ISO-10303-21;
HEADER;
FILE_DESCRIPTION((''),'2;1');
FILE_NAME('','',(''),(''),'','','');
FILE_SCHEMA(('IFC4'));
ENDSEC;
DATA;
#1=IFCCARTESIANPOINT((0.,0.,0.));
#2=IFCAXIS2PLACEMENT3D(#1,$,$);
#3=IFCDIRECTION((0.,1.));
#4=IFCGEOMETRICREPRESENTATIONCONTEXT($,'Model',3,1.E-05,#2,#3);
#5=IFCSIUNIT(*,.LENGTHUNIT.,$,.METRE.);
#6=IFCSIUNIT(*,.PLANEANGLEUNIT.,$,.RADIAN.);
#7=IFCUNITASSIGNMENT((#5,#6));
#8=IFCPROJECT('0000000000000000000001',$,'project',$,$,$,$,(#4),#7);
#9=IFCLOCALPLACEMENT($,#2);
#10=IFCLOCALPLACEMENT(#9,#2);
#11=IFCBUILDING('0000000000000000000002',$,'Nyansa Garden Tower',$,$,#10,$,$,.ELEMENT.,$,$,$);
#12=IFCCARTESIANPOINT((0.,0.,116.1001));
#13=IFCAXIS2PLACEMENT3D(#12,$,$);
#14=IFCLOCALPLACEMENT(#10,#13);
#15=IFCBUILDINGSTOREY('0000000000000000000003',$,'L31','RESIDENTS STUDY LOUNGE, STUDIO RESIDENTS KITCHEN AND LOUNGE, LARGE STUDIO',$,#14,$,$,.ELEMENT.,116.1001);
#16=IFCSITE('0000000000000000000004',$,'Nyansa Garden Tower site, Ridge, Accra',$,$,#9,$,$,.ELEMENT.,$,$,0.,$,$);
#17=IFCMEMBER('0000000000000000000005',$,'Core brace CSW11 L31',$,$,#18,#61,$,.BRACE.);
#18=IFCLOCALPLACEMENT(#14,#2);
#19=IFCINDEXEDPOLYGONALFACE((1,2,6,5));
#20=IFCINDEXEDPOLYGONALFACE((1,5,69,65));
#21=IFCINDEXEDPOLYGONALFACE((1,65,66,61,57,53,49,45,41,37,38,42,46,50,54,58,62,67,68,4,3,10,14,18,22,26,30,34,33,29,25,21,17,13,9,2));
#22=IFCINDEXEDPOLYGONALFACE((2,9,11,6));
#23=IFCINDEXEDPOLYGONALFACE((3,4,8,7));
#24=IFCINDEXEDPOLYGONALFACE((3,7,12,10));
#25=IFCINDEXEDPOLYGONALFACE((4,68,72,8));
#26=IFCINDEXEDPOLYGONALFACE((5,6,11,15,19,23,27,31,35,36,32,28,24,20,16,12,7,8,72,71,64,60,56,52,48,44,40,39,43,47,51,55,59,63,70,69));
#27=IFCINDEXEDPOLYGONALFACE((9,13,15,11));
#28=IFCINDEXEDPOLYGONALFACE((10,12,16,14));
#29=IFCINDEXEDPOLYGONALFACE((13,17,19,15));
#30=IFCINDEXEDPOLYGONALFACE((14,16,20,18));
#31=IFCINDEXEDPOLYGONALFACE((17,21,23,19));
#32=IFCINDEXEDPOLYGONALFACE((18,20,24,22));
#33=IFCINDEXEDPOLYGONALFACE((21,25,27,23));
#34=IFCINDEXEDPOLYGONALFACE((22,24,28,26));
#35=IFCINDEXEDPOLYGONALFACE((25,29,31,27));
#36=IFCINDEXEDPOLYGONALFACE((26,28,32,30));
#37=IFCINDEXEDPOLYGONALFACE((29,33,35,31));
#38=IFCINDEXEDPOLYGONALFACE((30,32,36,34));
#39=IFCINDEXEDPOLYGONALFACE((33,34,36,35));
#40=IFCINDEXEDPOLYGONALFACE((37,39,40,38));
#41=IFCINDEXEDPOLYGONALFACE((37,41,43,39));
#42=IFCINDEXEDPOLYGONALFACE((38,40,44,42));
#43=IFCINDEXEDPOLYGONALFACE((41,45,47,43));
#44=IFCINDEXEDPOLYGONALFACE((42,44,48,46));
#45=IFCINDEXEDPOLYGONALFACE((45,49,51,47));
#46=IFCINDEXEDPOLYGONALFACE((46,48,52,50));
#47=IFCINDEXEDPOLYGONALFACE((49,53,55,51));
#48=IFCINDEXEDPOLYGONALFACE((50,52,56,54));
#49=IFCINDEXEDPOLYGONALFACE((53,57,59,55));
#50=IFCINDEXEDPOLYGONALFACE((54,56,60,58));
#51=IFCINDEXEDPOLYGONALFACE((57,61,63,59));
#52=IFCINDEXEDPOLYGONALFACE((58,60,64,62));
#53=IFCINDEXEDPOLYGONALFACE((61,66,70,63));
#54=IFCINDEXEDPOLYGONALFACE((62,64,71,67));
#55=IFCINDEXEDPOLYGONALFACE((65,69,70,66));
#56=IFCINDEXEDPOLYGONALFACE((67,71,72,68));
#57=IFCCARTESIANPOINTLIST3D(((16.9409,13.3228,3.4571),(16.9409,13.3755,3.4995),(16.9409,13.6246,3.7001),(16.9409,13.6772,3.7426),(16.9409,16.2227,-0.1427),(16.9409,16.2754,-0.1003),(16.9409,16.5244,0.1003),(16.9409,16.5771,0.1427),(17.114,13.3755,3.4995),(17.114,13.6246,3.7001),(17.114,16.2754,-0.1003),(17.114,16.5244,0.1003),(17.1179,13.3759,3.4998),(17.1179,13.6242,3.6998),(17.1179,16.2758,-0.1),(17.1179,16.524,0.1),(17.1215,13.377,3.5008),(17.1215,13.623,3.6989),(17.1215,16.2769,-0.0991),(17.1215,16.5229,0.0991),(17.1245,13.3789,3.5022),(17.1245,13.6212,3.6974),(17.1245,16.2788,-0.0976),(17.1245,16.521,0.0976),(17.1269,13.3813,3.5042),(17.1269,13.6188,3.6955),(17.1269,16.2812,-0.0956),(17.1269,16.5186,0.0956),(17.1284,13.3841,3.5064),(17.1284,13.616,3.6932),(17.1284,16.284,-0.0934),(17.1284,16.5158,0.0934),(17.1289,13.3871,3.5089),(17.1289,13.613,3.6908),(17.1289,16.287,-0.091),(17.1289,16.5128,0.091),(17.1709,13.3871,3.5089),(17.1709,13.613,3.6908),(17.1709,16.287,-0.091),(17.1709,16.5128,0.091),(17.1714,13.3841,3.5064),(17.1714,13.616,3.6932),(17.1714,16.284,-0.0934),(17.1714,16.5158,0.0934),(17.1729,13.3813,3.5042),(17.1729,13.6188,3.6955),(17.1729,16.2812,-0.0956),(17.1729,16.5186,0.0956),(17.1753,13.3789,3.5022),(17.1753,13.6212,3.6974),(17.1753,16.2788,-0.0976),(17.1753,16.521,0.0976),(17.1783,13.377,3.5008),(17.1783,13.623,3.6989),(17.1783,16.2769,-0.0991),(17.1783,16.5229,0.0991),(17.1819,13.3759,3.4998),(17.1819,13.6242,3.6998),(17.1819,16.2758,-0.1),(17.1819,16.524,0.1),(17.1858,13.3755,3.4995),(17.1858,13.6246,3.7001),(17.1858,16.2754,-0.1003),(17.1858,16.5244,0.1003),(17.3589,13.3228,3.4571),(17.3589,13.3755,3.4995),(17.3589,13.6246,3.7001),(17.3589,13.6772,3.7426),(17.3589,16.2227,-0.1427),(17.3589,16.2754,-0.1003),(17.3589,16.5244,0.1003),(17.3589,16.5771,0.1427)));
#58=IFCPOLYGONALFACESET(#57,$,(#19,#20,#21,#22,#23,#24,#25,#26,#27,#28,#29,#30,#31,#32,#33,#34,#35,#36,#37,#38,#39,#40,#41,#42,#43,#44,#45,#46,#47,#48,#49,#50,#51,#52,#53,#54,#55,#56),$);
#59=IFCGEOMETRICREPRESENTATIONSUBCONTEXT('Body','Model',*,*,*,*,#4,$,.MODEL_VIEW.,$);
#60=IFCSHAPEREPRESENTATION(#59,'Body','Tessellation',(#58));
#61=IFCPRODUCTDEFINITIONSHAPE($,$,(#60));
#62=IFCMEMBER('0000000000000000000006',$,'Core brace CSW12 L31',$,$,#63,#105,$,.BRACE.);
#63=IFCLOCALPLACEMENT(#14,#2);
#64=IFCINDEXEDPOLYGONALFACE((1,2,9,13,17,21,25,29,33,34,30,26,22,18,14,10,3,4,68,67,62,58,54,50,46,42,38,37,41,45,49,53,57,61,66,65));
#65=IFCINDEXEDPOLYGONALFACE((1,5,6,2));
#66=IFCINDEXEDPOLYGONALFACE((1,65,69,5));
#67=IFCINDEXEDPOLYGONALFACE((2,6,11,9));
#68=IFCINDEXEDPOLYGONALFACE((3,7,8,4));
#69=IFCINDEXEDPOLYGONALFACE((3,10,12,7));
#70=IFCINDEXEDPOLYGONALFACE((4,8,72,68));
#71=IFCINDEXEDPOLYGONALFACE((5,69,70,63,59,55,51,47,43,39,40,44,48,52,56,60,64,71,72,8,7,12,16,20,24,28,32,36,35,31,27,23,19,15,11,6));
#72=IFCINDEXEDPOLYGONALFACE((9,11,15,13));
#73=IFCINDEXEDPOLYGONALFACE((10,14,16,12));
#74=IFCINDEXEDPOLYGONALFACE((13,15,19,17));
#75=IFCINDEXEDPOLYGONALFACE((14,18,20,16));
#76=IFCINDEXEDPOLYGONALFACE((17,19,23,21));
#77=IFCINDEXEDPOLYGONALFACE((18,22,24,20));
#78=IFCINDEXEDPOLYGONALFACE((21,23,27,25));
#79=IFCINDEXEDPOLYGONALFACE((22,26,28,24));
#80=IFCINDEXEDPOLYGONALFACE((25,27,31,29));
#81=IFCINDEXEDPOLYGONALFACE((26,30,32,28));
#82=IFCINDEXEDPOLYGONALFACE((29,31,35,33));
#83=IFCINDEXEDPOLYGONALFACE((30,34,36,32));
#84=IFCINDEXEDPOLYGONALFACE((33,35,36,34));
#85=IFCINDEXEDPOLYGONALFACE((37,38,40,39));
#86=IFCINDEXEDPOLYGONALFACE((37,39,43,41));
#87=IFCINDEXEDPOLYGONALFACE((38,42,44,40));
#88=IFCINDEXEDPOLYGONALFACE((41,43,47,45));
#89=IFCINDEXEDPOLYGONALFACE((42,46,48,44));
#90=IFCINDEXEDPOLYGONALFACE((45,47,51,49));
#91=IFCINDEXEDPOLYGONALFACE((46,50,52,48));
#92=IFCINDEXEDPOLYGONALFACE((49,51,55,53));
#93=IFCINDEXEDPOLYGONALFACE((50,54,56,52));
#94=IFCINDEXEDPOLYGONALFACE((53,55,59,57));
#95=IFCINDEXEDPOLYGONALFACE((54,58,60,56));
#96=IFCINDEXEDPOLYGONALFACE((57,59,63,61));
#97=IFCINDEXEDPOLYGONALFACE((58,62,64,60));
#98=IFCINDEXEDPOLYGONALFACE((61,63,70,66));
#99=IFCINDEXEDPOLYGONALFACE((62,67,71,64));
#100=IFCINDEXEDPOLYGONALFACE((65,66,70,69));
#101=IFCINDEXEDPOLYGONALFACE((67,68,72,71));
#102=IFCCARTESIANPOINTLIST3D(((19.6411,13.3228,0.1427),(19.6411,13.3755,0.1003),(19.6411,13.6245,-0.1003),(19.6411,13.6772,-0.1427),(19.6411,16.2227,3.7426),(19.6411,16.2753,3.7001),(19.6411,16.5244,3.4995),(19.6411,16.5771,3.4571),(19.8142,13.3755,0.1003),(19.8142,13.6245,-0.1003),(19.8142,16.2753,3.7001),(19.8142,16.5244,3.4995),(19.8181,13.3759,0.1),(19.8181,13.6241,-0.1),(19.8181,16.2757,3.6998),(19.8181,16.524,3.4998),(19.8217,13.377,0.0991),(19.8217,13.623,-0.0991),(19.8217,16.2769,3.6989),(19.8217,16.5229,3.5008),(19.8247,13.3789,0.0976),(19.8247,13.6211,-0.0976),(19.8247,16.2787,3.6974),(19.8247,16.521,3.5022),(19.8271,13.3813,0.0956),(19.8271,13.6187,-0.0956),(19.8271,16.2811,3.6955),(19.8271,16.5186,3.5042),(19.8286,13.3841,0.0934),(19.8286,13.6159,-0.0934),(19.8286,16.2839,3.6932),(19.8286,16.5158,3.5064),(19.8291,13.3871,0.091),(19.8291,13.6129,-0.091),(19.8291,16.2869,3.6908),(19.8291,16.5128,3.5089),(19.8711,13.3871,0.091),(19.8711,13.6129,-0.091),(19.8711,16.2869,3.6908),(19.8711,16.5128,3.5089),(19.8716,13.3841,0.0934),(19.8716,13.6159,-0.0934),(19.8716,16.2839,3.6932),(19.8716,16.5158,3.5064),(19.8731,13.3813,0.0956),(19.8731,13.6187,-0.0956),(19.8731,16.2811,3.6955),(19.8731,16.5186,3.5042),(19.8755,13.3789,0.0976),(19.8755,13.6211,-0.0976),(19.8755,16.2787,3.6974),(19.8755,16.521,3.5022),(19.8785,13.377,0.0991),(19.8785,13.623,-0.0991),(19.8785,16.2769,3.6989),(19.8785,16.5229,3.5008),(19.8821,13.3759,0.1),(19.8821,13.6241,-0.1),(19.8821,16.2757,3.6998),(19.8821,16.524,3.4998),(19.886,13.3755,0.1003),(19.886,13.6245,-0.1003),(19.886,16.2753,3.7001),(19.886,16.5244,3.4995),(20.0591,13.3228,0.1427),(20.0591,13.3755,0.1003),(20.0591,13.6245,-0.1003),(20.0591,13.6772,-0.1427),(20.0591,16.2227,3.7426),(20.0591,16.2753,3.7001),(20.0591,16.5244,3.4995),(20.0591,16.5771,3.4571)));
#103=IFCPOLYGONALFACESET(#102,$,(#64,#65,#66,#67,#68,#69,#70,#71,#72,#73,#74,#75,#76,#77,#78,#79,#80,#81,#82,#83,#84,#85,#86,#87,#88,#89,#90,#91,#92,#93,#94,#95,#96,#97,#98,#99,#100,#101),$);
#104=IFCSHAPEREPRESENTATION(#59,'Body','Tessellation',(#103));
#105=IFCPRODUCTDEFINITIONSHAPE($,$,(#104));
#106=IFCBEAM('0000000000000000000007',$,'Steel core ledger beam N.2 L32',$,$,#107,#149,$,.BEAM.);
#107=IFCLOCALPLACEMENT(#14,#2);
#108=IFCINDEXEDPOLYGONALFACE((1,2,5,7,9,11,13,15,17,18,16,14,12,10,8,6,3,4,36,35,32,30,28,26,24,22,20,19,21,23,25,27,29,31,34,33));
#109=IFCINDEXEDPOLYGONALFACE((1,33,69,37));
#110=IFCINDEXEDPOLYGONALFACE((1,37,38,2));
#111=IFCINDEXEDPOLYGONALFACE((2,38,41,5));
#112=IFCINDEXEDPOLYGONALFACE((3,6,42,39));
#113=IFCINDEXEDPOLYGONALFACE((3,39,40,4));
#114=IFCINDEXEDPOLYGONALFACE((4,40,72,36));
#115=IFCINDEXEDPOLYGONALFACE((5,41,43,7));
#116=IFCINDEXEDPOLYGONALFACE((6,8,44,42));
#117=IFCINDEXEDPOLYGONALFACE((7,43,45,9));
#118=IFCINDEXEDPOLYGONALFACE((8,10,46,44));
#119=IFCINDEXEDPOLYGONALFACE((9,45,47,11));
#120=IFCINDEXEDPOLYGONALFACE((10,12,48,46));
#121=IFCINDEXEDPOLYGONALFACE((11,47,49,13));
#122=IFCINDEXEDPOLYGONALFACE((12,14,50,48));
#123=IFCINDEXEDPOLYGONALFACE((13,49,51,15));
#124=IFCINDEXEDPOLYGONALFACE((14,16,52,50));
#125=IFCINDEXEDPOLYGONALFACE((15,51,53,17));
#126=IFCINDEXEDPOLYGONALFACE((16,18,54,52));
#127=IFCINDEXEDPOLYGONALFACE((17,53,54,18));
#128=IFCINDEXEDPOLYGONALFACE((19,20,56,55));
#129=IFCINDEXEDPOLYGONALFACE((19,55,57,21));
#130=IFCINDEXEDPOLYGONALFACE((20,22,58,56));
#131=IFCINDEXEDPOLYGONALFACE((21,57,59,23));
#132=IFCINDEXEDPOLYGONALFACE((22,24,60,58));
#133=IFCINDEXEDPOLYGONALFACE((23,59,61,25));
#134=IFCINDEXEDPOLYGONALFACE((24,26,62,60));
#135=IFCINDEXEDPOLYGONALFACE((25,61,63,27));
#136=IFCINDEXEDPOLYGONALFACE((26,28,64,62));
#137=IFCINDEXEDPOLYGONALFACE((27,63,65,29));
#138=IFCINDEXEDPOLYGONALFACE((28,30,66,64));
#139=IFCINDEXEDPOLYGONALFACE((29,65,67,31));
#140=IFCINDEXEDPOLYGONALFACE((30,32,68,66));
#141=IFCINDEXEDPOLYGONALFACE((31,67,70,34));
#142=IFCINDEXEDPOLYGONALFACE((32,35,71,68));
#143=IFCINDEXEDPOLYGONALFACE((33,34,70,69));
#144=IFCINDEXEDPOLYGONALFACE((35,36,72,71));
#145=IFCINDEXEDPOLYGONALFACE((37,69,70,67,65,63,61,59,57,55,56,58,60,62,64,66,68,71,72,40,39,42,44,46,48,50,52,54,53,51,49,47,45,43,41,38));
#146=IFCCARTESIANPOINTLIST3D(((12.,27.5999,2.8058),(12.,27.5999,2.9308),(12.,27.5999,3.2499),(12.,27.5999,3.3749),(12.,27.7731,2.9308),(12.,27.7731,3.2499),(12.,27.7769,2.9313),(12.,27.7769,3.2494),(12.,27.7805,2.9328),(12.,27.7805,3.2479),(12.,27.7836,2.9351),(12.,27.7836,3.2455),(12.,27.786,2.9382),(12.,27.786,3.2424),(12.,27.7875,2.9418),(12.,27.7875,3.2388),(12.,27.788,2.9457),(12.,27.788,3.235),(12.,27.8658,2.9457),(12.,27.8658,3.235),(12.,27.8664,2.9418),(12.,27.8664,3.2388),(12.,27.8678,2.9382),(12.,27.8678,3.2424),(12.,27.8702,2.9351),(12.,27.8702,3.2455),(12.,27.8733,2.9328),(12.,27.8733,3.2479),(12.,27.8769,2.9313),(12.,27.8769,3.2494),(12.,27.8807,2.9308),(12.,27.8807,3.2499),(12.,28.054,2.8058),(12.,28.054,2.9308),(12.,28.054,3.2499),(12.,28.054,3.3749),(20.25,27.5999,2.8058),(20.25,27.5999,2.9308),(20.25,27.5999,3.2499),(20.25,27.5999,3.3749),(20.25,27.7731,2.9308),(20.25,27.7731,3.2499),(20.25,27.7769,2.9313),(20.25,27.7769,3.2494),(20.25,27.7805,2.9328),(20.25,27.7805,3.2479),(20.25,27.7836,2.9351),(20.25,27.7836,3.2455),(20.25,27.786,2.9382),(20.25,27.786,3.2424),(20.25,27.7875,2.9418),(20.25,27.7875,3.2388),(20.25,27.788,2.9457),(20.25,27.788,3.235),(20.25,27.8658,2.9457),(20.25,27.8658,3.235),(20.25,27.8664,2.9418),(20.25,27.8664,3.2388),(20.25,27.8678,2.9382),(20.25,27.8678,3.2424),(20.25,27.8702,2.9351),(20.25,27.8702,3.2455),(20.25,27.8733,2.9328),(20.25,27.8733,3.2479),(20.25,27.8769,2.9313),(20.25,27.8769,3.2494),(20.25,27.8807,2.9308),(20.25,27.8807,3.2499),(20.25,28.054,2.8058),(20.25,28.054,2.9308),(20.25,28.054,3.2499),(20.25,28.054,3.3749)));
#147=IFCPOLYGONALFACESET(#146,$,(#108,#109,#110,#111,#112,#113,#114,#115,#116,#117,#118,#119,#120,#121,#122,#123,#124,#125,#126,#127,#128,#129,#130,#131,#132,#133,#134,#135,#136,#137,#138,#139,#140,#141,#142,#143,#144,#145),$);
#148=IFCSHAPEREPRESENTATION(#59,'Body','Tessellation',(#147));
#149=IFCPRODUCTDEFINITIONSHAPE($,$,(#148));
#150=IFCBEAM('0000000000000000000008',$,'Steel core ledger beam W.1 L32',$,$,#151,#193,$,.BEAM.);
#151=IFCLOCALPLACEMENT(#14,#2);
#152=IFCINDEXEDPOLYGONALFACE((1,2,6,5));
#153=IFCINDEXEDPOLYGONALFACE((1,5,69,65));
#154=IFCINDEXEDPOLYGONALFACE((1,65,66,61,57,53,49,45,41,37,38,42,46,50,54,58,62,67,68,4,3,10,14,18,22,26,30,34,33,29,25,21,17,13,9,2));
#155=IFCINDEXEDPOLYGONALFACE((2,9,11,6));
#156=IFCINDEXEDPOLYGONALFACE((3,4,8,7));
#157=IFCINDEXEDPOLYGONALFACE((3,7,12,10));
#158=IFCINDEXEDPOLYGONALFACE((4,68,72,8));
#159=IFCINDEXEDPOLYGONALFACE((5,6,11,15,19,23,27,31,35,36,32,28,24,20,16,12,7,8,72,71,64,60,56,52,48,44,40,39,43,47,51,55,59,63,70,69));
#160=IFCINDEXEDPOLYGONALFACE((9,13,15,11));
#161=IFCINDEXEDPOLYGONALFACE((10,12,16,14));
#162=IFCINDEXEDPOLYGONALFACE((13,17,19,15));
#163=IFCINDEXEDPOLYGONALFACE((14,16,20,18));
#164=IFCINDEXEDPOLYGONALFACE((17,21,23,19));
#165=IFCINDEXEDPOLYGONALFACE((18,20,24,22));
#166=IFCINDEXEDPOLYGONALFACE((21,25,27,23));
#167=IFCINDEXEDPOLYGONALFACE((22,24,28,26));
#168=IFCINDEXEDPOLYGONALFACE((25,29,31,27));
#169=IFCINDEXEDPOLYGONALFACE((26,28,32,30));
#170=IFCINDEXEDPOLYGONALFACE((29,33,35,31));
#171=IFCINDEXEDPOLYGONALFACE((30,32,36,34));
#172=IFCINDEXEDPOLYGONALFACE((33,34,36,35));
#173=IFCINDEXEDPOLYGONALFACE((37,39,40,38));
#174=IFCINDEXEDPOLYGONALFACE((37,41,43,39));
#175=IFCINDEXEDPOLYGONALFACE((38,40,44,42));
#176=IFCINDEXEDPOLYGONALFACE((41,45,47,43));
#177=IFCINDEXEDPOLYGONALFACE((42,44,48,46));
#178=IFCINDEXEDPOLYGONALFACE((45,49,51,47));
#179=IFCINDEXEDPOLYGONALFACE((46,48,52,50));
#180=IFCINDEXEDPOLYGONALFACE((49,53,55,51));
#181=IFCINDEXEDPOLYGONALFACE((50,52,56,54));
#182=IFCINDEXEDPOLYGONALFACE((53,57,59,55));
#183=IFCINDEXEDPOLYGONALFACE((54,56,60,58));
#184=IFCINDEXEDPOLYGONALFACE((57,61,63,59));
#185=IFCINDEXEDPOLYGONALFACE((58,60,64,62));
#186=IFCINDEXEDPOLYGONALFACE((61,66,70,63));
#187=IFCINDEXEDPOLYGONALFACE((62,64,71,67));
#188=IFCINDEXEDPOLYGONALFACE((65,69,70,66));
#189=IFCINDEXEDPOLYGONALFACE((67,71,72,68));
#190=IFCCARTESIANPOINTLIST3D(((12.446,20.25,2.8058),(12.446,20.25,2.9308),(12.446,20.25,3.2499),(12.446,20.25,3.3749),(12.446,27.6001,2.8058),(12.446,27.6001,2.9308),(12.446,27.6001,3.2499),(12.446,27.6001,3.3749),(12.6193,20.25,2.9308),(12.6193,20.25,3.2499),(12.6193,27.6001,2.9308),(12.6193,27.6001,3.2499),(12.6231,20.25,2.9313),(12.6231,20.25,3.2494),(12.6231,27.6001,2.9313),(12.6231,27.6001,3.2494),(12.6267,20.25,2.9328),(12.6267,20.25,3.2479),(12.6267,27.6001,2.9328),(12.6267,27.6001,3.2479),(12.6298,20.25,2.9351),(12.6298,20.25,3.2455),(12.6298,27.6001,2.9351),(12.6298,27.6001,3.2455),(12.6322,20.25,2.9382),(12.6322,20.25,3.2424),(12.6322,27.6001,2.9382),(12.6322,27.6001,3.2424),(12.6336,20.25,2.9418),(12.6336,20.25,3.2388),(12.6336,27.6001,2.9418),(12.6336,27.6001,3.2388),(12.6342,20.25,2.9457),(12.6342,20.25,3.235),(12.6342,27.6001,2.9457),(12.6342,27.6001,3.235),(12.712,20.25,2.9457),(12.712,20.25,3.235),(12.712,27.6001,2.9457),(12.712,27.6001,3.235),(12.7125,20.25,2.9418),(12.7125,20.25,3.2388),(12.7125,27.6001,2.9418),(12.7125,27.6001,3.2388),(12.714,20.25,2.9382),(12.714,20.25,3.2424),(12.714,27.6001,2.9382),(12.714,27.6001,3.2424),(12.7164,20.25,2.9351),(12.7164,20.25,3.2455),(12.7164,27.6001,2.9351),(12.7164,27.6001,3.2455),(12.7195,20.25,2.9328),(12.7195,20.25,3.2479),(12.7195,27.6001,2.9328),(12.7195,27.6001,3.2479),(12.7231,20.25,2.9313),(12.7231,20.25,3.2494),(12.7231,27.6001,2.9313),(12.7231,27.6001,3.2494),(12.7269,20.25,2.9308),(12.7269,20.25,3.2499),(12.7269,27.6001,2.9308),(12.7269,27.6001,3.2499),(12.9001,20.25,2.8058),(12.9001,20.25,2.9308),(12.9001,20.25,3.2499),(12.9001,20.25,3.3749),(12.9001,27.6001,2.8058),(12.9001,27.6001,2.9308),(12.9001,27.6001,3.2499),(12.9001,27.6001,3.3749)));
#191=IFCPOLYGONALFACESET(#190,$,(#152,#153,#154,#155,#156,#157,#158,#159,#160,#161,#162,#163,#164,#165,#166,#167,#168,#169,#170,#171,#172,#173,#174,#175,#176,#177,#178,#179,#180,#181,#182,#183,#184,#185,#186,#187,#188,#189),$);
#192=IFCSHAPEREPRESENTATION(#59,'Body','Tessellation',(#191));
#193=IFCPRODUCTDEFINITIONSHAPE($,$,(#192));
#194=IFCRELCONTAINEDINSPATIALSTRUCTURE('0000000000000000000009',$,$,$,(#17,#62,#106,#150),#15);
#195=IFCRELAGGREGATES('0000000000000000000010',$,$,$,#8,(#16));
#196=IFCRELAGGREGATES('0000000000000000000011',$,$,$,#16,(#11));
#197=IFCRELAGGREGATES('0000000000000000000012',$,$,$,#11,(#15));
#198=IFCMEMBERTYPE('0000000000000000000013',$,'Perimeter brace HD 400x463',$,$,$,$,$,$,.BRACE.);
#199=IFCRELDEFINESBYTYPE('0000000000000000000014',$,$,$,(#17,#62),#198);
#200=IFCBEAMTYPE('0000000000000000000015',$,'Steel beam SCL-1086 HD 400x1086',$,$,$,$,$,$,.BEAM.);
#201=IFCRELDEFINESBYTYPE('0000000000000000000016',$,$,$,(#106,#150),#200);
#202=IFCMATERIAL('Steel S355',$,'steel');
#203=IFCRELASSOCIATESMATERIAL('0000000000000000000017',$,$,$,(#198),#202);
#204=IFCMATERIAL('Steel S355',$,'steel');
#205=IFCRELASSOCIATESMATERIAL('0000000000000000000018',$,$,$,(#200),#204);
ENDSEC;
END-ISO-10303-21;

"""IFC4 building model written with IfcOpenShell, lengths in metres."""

from ifc_helpers import new_model, si_unit, direction, frame, origin, origin_2d, place, context, subcontext, project, spatial, i_section, extrude, material, material_profile, profile_set, type_object, element, save


model = new_model("IFC4")

# Units and contexts
model_context = context("Model", 3, precision=1e-05, world=origin(), true_north=direction((0.0, 1.0)))
body_context = subcontext(model_context, "Body", "Model", "MODEL_VIEW")
ifc_project = project(units=[si_unit("LENGTHUNIT", "METRE"), si_unit("PLANEANGLEUNIT", "RADIAN")], contexts=[model_context])

# Site, building, storey
site_placement = place(None, origin())
site = spatial("IfcSite", under=ifc_project, at=site_placement, Name="Nyansa Garden Tower site, Ridge, Accra", CompositionType="ELEMENT", RefElevation=0.0)
building_placement = place(site_placement, origin())
building = spatial("IfcBuilding", under=site, at=building_placement, Name="Nyansa Garden Tower", CompositionType="ELEMENT")
storey_placement = place(building_placement, frame((0.0, 0.0, 116.1001)))
storey = spatial("IfcBuildingStorey", under=building, at=storey_placement, Name="L31", Description="RESIDENTS STUDY LOUNGE, STUDIO RESIDENTS KITCHEN AND LOUNGE, LARGE STUDIO", CompositionType="ELEMENT", Elevation=116.1001)

# Members
ifc_material_1 = material(Name="Steel S355", Category="steel")
ifc_material_profile_1 = material_profile(ifc_material_1, i_section(OverallWidth=0.418, OverallDepth=0.4551, WebThickness=0.042, FlangeThickness=0.0676, FilletRadius=0.0149, at=origin_2d()), Name="HD 400x463")
ifc_profile_set_1 = profile_set([ifc_material_profile_1], Name="Steel S355")
member_type = type_object("IfcMemberType", Name="Perimeter brace HD 400x463", PredefinedType="BRACE", material=ifc_profile_set_1)
for number, where, z_axis, x_axis, name in (
    (1, (17.1499, 16.3999, 0.0), (0.0, -0.627332, 0.778752), (1.0, 0.0, 0.0), "Core brace CSW11 L31"),
    (2, (19.8501, 13.5, 0.0), (0.0, 0.627332, 0.778752), (-1.0, 0.0, 0.0), "Core brace CSW12 L31"),
):
    element("IfcMember", number, at=place(storey_placement, frame(where, z_axis=z_axis, x_axis=x_axis)), inside=storey, type_object=member_type, Name=name, PredefinedType="BRACE", context=body_context, shape_type="SweptSolid", body=[
        extrude(i_section(OverallWidth=0.418, OverallDepth=0.4551, WebThickness=0.042, FlangeThickness=0.0676, FilletRadius=0.0149, at=origin_2d()), origin(), (0.0, 0.0, 1.0), 4.6226),
    ])

# Beams
ifc_material_2 = material(Name="Steel S355", Category="steel")
ifc_material_profile_2 = material_profile(ifc_material_2, i_section(OverallWidth=0.4541, OverallDepth=0.5691, WebThickness=0.0779, FlangeThickness=0.125, FilletRadius=0.0149, at=origin_2d()), Name="HD 400x1086")
ifc_profile_set_2 = profile_set([ifc_material_profile_2], Name="Steel S355")
beam_type = type_object("IfcBeamType", Name="Steel beam SCL-1086 HD 400x1086", PredefinedType="BEAM", material=ifc_profile_set_2)
beam_placement = place(storey_placement, frame((20.25, 27.8269, 3.0903), z_axis=(-1.0, 0.0, 0.0), x_axis=(0.0, -1.0, 0.0)))
element("IfcBeam", 3, at=beam_placement, inside=storey, type_object=beam_type, Name="Steel core ledger beam N.2 L32", PredefinedType="BEAM", context=body_context, shape_type="SweptSolid", body=[
    extrude(i_section(OverallWidth=0.4541, OverallDepth=0.5691, WebThickness=0.0779, FlangeThickness=0.125, FilletRadius=0.0149, at=origin_2d()), origin(), (0.0, 0.0, 1.0), 8.25),
])
for number, where, z_axis, x_axis, name in (
    (4, (12.6731, 27.6001, 3.0903), (0.0, -1.0, 0.0), (1.0, 0.0, 0.0), "Steel core ledger beam W.1 L32"),
):
    element("IfcBeam", number, at=place(storey_placement, frame(where, z_axis=z_axis, x_axis=x_axis)), inside=storey, type_object=beam_type, Name=name, PredefinedType="BEAM", context=body_context, shape_type="SweptSolid", body=[
        extrude(i_section(OverallWidth=0.4541, OverallDepth=0.5691, WebThickness=0.0779, FlangeThickness=0.125, FilletRadius=0.0149, at=origin_2d()), origin(), (0.0, 0.0, 1.0), 7.3501),
    ])

save(model, "model.ifc")
